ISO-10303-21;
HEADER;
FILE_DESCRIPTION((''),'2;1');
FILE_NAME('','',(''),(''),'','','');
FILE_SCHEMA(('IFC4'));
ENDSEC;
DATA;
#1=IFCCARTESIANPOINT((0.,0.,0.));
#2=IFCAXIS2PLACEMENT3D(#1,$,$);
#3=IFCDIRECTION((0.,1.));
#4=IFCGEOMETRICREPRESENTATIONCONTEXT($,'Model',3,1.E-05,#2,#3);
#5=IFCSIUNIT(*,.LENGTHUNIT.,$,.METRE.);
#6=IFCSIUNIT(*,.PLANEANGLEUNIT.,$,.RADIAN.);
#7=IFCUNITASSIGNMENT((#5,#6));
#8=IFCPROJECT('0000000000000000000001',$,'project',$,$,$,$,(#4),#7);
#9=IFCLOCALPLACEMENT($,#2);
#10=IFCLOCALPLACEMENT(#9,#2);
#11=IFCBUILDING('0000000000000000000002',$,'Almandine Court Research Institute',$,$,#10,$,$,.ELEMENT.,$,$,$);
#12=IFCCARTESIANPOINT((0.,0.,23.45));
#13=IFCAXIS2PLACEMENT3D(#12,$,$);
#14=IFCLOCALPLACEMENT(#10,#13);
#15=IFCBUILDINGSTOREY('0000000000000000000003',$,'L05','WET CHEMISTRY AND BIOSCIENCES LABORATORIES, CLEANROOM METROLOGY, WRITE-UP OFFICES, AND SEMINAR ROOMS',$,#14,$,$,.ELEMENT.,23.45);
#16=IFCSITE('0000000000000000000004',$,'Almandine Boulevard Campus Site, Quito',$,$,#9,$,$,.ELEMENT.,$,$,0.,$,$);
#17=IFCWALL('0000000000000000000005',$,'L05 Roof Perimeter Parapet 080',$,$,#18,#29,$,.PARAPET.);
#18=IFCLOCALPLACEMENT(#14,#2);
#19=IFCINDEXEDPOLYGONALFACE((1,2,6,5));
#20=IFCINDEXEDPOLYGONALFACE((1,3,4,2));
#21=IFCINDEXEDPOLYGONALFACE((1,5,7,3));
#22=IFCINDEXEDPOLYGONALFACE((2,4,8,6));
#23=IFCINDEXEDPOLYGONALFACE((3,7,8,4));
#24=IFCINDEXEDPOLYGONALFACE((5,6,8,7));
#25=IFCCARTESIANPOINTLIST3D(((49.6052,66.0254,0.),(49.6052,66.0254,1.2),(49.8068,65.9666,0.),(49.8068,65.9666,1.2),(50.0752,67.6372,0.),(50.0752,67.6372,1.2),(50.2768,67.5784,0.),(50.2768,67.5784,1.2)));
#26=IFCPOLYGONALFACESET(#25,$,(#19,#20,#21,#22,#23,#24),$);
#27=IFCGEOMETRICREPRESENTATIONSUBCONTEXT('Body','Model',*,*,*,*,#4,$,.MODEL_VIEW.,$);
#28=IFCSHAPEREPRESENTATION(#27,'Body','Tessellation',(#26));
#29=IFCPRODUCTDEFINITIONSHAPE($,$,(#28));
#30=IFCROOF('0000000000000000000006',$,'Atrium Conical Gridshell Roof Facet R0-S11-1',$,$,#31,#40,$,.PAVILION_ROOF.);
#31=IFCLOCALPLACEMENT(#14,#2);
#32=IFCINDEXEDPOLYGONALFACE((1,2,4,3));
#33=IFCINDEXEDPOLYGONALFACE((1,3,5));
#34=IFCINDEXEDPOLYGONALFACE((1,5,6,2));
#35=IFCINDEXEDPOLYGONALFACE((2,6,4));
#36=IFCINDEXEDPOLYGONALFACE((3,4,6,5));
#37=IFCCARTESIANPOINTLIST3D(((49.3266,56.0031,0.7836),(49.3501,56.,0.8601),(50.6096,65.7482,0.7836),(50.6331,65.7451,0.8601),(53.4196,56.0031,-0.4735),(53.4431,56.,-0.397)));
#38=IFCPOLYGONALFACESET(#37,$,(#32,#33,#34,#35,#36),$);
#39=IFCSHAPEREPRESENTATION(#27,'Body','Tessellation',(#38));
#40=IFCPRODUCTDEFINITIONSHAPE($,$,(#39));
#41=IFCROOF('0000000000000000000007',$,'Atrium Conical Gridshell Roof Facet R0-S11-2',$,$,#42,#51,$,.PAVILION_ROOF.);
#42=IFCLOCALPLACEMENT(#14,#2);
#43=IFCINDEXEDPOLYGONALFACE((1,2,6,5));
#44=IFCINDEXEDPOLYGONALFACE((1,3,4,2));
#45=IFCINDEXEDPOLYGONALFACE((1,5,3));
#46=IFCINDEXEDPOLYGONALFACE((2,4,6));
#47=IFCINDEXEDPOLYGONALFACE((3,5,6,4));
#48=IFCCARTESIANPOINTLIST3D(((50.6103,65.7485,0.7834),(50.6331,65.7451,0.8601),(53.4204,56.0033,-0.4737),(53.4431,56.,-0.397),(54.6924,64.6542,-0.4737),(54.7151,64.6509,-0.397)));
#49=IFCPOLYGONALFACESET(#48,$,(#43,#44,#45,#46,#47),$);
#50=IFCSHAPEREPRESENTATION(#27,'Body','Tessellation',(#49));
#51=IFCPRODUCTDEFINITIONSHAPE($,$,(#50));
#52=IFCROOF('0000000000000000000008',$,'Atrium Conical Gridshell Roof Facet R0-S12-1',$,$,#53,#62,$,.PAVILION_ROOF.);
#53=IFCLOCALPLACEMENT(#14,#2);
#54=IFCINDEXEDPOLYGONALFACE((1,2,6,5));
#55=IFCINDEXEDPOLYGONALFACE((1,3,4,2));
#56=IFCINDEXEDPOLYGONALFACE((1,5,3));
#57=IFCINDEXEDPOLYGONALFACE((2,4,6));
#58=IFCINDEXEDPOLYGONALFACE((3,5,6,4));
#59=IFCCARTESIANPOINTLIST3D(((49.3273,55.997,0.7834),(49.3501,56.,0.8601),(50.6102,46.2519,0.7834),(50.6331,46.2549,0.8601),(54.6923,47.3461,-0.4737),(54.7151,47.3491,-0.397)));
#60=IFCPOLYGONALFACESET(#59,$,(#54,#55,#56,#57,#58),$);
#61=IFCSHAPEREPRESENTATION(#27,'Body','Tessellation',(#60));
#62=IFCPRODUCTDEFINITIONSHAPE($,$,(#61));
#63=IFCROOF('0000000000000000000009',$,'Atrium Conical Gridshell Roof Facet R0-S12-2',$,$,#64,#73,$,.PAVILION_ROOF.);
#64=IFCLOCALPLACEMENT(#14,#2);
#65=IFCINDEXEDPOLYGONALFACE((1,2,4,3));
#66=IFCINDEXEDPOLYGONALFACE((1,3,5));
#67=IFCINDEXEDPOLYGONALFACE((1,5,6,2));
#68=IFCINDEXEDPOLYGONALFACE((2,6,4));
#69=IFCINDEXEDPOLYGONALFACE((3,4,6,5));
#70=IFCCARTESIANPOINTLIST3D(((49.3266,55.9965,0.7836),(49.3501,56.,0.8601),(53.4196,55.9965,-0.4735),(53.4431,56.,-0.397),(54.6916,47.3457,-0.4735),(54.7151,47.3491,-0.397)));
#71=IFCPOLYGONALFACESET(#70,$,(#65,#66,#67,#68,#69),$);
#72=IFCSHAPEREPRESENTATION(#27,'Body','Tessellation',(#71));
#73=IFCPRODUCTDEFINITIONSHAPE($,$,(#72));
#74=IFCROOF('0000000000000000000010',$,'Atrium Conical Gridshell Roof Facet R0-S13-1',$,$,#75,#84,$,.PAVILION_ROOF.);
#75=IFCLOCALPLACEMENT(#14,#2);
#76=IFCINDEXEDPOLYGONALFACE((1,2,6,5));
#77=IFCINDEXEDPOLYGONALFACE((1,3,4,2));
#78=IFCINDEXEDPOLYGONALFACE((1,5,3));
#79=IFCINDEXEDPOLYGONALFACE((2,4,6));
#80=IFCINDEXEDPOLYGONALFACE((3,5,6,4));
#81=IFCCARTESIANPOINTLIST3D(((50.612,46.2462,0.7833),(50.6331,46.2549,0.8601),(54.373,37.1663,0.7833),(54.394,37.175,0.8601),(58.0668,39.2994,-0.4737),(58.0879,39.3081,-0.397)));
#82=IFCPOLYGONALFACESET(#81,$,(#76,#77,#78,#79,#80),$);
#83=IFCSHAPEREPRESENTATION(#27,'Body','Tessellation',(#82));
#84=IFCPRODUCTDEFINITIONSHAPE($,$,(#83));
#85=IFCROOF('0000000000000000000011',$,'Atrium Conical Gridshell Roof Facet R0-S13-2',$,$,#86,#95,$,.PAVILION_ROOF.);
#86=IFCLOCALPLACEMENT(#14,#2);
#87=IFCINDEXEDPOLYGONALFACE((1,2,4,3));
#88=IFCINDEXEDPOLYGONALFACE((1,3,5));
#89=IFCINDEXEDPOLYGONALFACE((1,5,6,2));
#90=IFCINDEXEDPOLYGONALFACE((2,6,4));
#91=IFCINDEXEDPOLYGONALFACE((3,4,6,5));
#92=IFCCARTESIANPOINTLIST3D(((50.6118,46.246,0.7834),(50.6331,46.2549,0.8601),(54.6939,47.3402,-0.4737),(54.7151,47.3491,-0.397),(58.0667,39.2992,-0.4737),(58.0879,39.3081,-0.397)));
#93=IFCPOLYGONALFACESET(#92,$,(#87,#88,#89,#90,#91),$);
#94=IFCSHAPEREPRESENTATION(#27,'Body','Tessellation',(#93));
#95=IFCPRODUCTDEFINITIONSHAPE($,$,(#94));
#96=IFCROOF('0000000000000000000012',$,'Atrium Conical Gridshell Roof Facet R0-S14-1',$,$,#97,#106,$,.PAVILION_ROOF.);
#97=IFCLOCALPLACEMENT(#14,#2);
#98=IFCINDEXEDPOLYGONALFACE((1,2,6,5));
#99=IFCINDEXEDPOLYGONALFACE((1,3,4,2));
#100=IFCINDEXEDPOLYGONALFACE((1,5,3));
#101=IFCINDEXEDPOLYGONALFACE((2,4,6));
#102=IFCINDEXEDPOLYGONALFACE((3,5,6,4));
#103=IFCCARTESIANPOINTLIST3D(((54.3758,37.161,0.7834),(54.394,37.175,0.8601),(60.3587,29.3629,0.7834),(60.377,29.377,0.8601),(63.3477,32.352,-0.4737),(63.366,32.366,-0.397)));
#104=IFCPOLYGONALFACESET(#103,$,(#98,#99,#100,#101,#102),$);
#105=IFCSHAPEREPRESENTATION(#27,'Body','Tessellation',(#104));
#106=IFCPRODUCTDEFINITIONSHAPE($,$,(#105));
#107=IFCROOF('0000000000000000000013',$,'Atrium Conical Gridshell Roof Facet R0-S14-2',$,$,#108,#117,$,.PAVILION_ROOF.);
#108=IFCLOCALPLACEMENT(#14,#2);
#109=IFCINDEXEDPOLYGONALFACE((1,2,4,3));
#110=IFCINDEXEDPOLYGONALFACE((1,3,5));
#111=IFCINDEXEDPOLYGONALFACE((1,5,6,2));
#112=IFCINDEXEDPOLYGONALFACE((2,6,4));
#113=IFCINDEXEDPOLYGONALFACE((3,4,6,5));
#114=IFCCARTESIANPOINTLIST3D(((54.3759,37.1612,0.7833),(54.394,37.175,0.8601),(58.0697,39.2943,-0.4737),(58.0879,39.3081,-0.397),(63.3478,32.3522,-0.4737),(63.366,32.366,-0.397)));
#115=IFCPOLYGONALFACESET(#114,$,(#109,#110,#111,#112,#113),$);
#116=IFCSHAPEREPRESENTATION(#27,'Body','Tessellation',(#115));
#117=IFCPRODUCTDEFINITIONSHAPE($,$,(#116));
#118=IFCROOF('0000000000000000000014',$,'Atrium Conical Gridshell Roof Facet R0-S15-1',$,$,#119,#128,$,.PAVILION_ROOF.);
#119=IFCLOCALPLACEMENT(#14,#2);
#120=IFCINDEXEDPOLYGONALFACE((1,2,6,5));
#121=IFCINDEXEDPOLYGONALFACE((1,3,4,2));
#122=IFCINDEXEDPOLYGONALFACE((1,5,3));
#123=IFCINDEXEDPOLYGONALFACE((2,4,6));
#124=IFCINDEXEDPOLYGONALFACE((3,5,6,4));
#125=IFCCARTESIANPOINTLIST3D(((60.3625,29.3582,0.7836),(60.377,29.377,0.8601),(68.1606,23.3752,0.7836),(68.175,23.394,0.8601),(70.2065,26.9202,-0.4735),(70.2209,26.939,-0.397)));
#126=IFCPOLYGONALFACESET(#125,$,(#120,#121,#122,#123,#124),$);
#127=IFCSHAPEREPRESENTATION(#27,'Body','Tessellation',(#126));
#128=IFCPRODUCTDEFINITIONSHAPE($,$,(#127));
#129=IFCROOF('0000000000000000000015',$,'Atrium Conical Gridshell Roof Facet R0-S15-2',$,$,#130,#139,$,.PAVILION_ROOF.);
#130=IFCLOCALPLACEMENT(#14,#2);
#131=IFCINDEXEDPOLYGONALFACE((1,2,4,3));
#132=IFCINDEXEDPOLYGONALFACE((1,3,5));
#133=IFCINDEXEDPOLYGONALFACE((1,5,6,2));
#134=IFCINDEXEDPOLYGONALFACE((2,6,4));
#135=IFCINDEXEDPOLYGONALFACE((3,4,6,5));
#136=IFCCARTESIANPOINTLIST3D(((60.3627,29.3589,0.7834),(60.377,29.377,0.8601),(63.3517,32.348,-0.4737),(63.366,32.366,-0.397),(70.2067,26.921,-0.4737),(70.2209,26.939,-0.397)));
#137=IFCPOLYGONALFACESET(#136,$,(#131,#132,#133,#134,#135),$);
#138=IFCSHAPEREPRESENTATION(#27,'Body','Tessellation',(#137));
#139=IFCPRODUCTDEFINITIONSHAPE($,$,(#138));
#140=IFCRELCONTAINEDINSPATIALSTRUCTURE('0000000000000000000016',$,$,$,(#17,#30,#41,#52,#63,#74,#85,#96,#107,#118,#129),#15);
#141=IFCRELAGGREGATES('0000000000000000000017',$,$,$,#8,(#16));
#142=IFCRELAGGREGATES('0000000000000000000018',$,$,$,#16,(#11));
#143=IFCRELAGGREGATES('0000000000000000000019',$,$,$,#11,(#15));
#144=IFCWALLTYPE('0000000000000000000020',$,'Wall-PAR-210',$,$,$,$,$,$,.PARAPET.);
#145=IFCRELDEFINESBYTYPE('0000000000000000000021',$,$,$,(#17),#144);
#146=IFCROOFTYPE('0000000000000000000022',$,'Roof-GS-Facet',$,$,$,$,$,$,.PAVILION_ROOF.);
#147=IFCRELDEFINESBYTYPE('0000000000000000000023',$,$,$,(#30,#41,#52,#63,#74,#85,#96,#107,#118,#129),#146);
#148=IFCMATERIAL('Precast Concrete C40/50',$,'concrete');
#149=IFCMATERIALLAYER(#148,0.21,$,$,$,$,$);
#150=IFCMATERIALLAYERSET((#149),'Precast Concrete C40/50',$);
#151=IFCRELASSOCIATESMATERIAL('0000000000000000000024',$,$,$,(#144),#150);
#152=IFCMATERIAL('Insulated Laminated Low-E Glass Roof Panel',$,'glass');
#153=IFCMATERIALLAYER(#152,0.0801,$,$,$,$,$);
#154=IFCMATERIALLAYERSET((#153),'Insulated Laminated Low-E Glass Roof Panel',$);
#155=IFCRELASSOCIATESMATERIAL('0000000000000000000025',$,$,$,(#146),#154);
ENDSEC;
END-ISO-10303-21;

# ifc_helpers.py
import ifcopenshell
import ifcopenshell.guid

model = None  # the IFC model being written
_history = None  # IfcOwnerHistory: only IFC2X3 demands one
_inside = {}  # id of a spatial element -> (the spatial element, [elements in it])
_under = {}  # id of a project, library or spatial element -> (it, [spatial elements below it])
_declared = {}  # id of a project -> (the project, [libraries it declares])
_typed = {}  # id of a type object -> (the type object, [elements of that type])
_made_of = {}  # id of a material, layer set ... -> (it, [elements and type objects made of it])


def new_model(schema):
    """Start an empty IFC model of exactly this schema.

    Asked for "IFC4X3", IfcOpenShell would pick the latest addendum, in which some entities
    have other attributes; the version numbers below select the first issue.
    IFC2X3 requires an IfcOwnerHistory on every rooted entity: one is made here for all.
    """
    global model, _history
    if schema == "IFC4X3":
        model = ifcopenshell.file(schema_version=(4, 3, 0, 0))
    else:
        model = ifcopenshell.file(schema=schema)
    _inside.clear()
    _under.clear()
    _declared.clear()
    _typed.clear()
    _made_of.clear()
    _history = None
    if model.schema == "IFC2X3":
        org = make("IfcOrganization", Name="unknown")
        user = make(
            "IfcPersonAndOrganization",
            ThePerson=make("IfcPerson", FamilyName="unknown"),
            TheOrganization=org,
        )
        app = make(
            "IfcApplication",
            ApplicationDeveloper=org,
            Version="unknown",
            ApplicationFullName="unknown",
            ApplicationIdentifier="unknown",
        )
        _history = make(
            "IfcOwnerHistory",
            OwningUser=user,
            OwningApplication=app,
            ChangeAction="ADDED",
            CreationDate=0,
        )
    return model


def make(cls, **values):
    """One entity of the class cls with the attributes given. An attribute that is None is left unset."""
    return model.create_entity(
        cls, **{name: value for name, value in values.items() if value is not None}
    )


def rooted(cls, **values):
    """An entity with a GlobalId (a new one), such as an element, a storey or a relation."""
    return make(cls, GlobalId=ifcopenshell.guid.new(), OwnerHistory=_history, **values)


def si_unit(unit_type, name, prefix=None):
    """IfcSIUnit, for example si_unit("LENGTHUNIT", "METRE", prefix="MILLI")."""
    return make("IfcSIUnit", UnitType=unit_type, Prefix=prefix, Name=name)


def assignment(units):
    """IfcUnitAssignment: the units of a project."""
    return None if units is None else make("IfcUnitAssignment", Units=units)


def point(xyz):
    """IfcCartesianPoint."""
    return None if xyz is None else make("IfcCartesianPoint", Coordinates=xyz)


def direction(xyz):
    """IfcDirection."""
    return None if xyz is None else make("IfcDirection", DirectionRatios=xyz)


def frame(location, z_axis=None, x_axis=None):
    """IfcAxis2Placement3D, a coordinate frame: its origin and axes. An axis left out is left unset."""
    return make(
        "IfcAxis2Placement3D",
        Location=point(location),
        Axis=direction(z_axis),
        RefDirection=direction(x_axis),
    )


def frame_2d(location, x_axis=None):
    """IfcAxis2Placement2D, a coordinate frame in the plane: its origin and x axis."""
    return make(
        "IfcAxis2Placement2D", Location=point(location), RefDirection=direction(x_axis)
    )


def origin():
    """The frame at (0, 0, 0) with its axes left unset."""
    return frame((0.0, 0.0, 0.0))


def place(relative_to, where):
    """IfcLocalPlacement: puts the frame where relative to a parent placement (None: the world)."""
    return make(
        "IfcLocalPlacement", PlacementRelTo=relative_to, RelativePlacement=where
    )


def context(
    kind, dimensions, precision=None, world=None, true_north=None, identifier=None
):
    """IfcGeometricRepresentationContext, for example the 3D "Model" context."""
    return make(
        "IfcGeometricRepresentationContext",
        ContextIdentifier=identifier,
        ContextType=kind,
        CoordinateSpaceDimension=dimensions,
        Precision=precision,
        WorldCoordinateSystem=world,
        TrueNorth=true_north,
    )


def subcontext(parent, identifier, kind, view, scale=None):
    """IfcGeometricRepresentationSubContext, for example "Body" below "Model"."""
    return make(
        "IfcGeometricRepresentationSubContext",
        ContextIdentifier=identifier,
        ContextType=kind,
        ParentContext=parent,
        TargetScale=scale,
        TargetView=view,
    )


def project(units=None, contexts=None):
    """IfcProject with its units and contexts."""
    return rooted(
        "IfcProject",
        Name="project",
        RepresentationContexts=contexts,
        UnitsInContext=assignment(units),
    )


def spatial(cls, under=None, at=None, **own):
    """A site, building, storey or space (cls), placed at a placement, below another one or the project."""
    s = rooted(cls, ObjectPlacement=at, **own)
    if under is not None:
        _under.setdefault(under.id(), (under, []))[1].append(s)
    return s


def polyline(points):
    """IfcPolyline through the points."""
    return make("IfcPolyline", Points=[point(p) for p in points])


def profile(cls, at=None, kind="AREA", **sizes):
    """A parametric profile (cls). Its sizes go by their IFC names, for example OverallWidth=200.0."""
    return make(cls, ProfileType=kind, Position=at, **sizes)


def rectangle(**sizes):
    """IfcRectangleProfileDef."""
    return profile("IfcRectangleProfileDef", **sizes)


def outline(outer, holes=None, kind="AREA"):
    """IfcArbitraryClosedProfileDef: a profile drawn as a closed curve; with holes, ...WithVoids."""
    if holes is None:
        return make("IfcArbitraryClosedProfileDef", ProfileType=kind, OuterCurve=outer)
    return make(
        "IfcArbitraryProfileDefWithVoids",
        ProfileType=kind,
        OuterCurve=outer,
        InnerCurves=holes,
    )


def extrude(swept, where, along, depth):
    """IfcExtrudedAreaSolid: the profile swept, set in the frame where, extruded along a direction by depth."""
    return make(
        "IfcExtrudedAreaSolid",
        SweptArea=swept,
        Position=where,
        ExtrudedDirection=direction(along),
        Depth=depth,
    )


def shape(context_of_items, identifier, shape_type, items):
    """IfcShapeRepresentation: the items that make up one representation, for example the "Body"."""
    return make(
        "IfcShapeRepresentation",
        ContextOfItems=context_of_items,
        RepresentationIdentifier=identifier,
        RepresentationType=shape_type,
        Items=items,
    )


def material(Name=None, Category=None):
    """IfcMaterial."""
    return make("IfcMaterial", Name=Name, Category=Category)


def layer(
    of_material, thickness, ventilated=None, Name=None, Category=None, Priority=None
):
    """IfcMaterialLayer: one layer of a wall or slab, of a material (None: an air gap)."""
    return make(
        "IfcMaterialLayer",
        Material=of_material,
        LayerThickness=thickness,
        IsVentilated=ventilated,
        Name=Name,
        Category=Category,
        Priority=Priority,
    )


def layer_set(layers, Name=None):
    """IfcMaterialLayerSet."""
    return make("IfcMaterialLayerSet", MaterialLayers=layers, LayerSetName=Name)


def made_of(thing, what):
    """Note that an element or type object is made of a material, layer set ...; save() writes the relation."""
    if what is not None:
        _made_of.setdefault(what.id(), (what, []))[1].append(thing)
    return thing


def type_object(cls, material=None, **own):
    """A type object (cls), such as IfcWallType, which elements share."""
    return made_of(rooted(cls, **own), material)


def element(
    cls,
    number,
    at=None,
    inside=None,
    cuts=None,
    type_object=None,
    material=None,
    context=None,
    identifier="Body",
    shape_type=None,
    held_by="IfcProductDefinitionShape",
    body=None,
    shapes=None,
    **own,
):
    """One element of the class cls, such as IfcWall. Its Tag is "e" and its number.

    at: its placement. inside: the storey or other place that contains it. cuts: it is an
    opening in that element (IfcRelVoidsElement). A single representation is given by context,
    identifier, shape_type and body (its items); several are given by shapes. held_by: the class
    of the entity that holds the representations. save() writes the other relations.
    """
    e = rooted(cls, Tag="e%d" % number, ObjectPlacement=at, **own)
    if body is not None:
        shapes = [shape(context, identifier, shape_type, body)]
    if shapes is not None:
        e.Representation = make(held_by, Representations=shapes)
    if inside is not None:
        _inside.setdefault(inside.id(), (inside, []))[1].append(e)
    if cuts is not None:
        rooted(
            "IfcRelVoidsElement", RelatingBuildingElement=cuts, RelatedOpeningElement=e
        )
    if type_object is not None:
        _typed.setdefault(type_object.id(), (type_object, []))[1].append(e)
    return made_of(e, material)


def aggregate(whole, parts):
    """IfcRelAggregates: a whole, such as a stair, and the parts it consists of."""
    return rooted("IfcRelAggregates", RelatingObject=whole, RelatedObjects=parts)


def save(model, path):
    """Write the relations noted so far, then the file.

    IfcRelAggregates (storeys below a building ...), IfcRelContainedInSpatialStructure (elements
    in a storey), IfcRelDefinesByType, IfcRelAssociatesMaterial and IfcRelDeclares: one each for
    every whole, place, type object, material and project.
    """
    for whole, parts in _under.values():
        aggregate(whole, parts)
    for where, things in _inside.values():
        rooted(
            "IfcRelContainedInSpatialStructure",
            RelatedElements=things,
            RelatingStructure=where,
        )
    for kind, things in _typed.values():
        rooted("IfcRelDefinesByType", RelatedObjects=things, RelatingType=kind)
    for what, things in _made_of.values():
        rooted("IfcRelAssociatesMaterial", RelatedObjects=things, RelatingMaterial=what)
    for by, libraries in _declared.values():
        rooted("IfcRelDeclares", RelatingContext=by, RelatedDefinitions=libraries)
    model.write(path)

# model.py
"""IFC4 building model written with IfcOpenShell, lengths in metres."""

from ifc_helpers import new_model, si_unit, direction, frame, frame_2d, origin, place, context, subcontext, project, spatial, polyline, rectangle, outline, extrude, material, layer, layer_set, type_object, element, save


model = new_model("IFC4")

# Units and contexts
model_context = context("Model", 3, precision=1e-05, world=origin(), true_north=direction((0.0, 1.0)))
body_context = subcontext(model_context, "Body", "Model", "MODEL_VIEW")
ifc_project = project(units=[si_unit("LENGTHUNIT", "METRE"), si_unit("PLANEANGLEUNIT", "RADIAN")], contexts=[model_context])

# Site, building, storey
site_placement = place(None, origin())
site = spatial("IfcSite", under=ifc_project, at=site_placement, Name="Almandine Boulevard Campus Site, Quito", CompositionType="ELEMENT", RefElevation=0.0)
building_placement = place(site_placement, origin())
building = spatial("IfcBuilding", under=site, at=building_placement, Name="Almandine Court Research Institute", CompositionType="ELEMENT")
storey_placement = place(building_placement, frame((0.0, 0.0, 23.45)))
storey = spatial("IfcBuildingStorey", under=building, at=storey_placement, Name="L05", Description="WET CHEMISTRY AND BIOSCIENCES LABORATORIES, CLEANROOM METROLOGY, WRITE-UP OFFICES, AND SEMINAR ROOMS", CompositionType="ELEMENT", Elevation=23.45)

# Wall
ifc_material_1 = material(Name="Precast Concrete C40/50", Category="concrete")
ifc_layer_1 = layer(ifc_material_1, 0.21)
ifc_layer_set_1 = layer_set([ifc_layer_1], Name="Precast Concrete C40/50")
wall_type = type_object("IfcWallType", Name="Wall-PAR-210", PredefinedType="PARAPET", material=ifc_layer_set_1)
wall_placement = place(storey_placement, frame((49.7061, 65.9961, 0.0), z_axis=(0.0, 0.0, 1.0), x_axis=(0.279922, 0.960023, 0.0)))
element("IfcWall", 1, at=wall_placement, inside=storey, type_object=wall_type, Name="L05 Roof Perimeter Parapet 080", PredefinedType="PARAPET", context=body_context, shape_type="SweptSolid", body=[
    extrude(rectangle(XDim=1.679, YDim=0.21, at=frame_2d((0.8394, 0.0))), origin(), (0.0, 0.0, 1.0), 1.2),
])

# Roofs
ifc_material_2 = material(Name="Insulated Laminated Low-E Glass Roof Panel", Category="glass")
ifc_layer_2 = layer(ifc_material_2, 0.0801)
ifc_layer_set_2 = layer_set([ifc_layer_2], Name="Insulated Laminated Low-E Glass Roof Panel")
roof_type = type_object("IfcRoofType", Name="Roof-GS-Facet", PredefinedType="PAVILION_ROOF", material=ifc_layer_set_2)
roof_1_placement = place(storey_placement, frame((50.6331, 65.7451, 0.8601), z_axis=(0.293374, -0.038623, 0.955217), x_axis=(-0.130525, -0.991445, 0.0)))
element("IfcRoof", 2, at=roof_1_placement, inside=storey, type_object=roof_type, Name="Atrium Conical Gridshell Roof Facet R0-S11-1", PredefinedType="PAVILION_ROOF", context=body_context, shape_type="SweptSolid", body=[
    extrude(outline(polyline([(0.0, 0.0), (9.8292, 0.0), (9.295, 4.2483), (0.0, 0.0)])), origin(), (0.0, 0.0, -1.0), 0.0801),
])
roof_2_placement = place(storey_placement, frame((50.6331, 65.7451, 0.8601), z_axis=(0.283824, -0.041732, 0.957968), x_axis=(0.274963, -0.953554, -0.123005)))
element("IfcRoof", 3, at=roof_2_placement, inside=storey, type_object=roof_type, Name="Atrium Conical Gridshell Roof Facet R0-S11-2", PredefinedType="PAVILION_ROOF", context=body_context, shape_type="SweptSolid", body=[
    extrude(outline(polyline([(0.0, 0.0), (10.2198, 0.0), (2.3204, 3.7491), (0.0, 0.0)])), origin(), (0.0, 0.0, -1.0), 0.0801),
])
roof_3_placement = place(storey_placement, frame((49.3501, 56.0, 0.8601), z_axis=(0.28491, 0.037509, 0.95782), x_axis=(0.130525, -0.991445, 0.0)))
element("IfcRoof", 4, at=roof_3_placement, inside=storey, type_object=roof_type, Name="Atrium Conical Gridshell Roof Facet R0-S12-1", PredefinedType="PAVILION_ROOF", context=body_context, shape_type="SweptSolid", body=[
    extrude(outline(polyline([(0.0, 0.0), (9.8292, 0.0), (9.2771, 4.3744), (0.0, 0.0)])), origin(), (0.0, 0.0, -1.0), 0.0801),
])
roof_4_placement = place(storey_placement, frame((49.3501, 56.0, 0.8601), z_axis=(0.29332, 0.043128, 0.955041), x_axis=(0.523069, -0.843432, -0.122561)))
element("IfcRoof", 5, at=roof_4_placement, inside=storey, type_object=roof_type, Name="Atrium Conical Gridshell Roof Facet R0-S12-2", PredefinedType="PAVILION_ROOF", context=body_context, shape_type="SweptSolid", body=[
    extrude(outline(polyline([(0.0, 0.0), (10.2568, 0.0), (2.295, 3.6147), (0.0, 0.0)])), origin(), (0.0, 0.0, -1.0), 0.0801),
])
roof_5_placement = place(storey_placement, frame((50.6331, 46.2549, 0.8601), z_axis=(0.263244, 0.109039, 0.958547), x_axis=(0.382683, -0.92388, 0.0)))
element("IfcRoof", 6, at=roof_5_placement, inside=storey, type_object=roof_type, Name="Atrium Conical Gridshell Roof Facet R0-S13-1", PredefinedType="PAVILION_ROOF", context=body_context, shape_type="SweptSolid", body=[
    extrude(outline(polyline([(0.0, 0.0), (9.8279, 0.0), (9.2708, 4.4118), (0.0, 0.0)])), origin(), (0.0, 0.0, -1.0), 0.0801),
])
roof_6_placement = place(storey_placement, frame((50.6331, 46.2549, 0.8601), z_axis=(0.265139, 0.111213, 0.957775), x_axis=(0.726092, -0.676608, -0.122438)))
element("IfcRoof", 7, at=roof_6_placement, inside=storey, type_object=roof_type, Name="Atrium Conical Gridshell Roof Facet R0-S13-2", PredefinedType="PAVILION_ROOF", context=body_context, shape_type="SweptSolid", body=[
    extrude(outline(polyline([(0.0, 0.0), (10.2671, 0.0), (2.3775, 3.7132), (0.0, 0.0)])), origin(), (0.0, 0.0, -1.0), 0.0801),
])
roof_7_placement = place(storey_placement, frame((54.394, 37.175, 0.8601), z_axis=(0.227948, 0.174888, 0.957838), x_axis=(0.608712, -0.793392, 0.0)))
element("IfcRoof", 8, at=roof_7_placement, inside=storey, type_object=roof_type, Name="Atrium Conical Gridshell Roof Facet R0-S14-1", PredefinedType="PAVILION_ROOF", context=body_context, shape_type="SweptSolid", body=[
    extrude(outline(polyline([(0.0, 0.0), (9.8288, 0.0), (9.2768, 4.3754), (0.0, 0.0)])), origin(), (0.0, 0.0, -1.0), 0.0801),
])
roof_8_placement = place(storey_placement, frame((54.394, 37.175, 0.8601), z_axis=(0.226697, 0.172356, 0.958594), x_axis=(0.874725, -0.468865, -0.12256)))
element("IfcRoof", 9, at=roof_8_placement, inside=storey, type_object=roof_type, Name="Atrium Conical Gridshell Roof Facet R0-S14-2", PredefinedType="PAVILION_ROOF", context=body_context, shape_type="SweptSolid", body=[
    extrude(outline(polyline([(0.0, 0.0), (10.2568, 0.0), (2.3851, 3.7532), (0.0, 0.0)])), origin(), (0.0, 0.0, -1.0), 0.0801),
])
roof_9_placement = place(storey_placement, frame((60.377, 29.377, 0.8601), z_axis=(0.180126, 0.234776, 0.955215), x_axis=(0.793392, -0.608712, 0.0)))
element("IfcRoof", 10, at=roof_9_placement, inside=storey, type_object=roof_type, Name="Atrium Conical Gridshell Roof Facet R0-S15-1", PredefinedType="PAVILION_ROOF", context=body_context, shape_type="SweptSolid", body=[
    extrude(outline(polyline([(0.0, 0.0), (9.8288, 0.0), (9.2942, 4.2481), (0.0, 0.0)])), origin(), (0.0, 0.0, -1.0), 0.0801),
])
roof_10_placement = place(storey_placement, frame((60.377, 29.377, 0.8601), z_axis=(0.178027, 0.224871, 0.957987), x_axis=(0.963302, -0.238574, -0.123014)))
element("IfcRoof", 11, at=roof_10_placement, inside=storey, type_object=roof_type, Name="Atrium Conical Gridshell Roof Facet R0-S15-2", PredefinedType="PAVILION_ROOF", context=body_context, shape_type="SweptSolid", body=[
    extrude(outline(polyline([(0.0, 0.0), (10.219, 0.0), (2.3209, 3.75), (0.0, 0.0)])), origin(), (0.0, 0.0, -1.0), 0.0801),
])

save(model, "model.ifc")
